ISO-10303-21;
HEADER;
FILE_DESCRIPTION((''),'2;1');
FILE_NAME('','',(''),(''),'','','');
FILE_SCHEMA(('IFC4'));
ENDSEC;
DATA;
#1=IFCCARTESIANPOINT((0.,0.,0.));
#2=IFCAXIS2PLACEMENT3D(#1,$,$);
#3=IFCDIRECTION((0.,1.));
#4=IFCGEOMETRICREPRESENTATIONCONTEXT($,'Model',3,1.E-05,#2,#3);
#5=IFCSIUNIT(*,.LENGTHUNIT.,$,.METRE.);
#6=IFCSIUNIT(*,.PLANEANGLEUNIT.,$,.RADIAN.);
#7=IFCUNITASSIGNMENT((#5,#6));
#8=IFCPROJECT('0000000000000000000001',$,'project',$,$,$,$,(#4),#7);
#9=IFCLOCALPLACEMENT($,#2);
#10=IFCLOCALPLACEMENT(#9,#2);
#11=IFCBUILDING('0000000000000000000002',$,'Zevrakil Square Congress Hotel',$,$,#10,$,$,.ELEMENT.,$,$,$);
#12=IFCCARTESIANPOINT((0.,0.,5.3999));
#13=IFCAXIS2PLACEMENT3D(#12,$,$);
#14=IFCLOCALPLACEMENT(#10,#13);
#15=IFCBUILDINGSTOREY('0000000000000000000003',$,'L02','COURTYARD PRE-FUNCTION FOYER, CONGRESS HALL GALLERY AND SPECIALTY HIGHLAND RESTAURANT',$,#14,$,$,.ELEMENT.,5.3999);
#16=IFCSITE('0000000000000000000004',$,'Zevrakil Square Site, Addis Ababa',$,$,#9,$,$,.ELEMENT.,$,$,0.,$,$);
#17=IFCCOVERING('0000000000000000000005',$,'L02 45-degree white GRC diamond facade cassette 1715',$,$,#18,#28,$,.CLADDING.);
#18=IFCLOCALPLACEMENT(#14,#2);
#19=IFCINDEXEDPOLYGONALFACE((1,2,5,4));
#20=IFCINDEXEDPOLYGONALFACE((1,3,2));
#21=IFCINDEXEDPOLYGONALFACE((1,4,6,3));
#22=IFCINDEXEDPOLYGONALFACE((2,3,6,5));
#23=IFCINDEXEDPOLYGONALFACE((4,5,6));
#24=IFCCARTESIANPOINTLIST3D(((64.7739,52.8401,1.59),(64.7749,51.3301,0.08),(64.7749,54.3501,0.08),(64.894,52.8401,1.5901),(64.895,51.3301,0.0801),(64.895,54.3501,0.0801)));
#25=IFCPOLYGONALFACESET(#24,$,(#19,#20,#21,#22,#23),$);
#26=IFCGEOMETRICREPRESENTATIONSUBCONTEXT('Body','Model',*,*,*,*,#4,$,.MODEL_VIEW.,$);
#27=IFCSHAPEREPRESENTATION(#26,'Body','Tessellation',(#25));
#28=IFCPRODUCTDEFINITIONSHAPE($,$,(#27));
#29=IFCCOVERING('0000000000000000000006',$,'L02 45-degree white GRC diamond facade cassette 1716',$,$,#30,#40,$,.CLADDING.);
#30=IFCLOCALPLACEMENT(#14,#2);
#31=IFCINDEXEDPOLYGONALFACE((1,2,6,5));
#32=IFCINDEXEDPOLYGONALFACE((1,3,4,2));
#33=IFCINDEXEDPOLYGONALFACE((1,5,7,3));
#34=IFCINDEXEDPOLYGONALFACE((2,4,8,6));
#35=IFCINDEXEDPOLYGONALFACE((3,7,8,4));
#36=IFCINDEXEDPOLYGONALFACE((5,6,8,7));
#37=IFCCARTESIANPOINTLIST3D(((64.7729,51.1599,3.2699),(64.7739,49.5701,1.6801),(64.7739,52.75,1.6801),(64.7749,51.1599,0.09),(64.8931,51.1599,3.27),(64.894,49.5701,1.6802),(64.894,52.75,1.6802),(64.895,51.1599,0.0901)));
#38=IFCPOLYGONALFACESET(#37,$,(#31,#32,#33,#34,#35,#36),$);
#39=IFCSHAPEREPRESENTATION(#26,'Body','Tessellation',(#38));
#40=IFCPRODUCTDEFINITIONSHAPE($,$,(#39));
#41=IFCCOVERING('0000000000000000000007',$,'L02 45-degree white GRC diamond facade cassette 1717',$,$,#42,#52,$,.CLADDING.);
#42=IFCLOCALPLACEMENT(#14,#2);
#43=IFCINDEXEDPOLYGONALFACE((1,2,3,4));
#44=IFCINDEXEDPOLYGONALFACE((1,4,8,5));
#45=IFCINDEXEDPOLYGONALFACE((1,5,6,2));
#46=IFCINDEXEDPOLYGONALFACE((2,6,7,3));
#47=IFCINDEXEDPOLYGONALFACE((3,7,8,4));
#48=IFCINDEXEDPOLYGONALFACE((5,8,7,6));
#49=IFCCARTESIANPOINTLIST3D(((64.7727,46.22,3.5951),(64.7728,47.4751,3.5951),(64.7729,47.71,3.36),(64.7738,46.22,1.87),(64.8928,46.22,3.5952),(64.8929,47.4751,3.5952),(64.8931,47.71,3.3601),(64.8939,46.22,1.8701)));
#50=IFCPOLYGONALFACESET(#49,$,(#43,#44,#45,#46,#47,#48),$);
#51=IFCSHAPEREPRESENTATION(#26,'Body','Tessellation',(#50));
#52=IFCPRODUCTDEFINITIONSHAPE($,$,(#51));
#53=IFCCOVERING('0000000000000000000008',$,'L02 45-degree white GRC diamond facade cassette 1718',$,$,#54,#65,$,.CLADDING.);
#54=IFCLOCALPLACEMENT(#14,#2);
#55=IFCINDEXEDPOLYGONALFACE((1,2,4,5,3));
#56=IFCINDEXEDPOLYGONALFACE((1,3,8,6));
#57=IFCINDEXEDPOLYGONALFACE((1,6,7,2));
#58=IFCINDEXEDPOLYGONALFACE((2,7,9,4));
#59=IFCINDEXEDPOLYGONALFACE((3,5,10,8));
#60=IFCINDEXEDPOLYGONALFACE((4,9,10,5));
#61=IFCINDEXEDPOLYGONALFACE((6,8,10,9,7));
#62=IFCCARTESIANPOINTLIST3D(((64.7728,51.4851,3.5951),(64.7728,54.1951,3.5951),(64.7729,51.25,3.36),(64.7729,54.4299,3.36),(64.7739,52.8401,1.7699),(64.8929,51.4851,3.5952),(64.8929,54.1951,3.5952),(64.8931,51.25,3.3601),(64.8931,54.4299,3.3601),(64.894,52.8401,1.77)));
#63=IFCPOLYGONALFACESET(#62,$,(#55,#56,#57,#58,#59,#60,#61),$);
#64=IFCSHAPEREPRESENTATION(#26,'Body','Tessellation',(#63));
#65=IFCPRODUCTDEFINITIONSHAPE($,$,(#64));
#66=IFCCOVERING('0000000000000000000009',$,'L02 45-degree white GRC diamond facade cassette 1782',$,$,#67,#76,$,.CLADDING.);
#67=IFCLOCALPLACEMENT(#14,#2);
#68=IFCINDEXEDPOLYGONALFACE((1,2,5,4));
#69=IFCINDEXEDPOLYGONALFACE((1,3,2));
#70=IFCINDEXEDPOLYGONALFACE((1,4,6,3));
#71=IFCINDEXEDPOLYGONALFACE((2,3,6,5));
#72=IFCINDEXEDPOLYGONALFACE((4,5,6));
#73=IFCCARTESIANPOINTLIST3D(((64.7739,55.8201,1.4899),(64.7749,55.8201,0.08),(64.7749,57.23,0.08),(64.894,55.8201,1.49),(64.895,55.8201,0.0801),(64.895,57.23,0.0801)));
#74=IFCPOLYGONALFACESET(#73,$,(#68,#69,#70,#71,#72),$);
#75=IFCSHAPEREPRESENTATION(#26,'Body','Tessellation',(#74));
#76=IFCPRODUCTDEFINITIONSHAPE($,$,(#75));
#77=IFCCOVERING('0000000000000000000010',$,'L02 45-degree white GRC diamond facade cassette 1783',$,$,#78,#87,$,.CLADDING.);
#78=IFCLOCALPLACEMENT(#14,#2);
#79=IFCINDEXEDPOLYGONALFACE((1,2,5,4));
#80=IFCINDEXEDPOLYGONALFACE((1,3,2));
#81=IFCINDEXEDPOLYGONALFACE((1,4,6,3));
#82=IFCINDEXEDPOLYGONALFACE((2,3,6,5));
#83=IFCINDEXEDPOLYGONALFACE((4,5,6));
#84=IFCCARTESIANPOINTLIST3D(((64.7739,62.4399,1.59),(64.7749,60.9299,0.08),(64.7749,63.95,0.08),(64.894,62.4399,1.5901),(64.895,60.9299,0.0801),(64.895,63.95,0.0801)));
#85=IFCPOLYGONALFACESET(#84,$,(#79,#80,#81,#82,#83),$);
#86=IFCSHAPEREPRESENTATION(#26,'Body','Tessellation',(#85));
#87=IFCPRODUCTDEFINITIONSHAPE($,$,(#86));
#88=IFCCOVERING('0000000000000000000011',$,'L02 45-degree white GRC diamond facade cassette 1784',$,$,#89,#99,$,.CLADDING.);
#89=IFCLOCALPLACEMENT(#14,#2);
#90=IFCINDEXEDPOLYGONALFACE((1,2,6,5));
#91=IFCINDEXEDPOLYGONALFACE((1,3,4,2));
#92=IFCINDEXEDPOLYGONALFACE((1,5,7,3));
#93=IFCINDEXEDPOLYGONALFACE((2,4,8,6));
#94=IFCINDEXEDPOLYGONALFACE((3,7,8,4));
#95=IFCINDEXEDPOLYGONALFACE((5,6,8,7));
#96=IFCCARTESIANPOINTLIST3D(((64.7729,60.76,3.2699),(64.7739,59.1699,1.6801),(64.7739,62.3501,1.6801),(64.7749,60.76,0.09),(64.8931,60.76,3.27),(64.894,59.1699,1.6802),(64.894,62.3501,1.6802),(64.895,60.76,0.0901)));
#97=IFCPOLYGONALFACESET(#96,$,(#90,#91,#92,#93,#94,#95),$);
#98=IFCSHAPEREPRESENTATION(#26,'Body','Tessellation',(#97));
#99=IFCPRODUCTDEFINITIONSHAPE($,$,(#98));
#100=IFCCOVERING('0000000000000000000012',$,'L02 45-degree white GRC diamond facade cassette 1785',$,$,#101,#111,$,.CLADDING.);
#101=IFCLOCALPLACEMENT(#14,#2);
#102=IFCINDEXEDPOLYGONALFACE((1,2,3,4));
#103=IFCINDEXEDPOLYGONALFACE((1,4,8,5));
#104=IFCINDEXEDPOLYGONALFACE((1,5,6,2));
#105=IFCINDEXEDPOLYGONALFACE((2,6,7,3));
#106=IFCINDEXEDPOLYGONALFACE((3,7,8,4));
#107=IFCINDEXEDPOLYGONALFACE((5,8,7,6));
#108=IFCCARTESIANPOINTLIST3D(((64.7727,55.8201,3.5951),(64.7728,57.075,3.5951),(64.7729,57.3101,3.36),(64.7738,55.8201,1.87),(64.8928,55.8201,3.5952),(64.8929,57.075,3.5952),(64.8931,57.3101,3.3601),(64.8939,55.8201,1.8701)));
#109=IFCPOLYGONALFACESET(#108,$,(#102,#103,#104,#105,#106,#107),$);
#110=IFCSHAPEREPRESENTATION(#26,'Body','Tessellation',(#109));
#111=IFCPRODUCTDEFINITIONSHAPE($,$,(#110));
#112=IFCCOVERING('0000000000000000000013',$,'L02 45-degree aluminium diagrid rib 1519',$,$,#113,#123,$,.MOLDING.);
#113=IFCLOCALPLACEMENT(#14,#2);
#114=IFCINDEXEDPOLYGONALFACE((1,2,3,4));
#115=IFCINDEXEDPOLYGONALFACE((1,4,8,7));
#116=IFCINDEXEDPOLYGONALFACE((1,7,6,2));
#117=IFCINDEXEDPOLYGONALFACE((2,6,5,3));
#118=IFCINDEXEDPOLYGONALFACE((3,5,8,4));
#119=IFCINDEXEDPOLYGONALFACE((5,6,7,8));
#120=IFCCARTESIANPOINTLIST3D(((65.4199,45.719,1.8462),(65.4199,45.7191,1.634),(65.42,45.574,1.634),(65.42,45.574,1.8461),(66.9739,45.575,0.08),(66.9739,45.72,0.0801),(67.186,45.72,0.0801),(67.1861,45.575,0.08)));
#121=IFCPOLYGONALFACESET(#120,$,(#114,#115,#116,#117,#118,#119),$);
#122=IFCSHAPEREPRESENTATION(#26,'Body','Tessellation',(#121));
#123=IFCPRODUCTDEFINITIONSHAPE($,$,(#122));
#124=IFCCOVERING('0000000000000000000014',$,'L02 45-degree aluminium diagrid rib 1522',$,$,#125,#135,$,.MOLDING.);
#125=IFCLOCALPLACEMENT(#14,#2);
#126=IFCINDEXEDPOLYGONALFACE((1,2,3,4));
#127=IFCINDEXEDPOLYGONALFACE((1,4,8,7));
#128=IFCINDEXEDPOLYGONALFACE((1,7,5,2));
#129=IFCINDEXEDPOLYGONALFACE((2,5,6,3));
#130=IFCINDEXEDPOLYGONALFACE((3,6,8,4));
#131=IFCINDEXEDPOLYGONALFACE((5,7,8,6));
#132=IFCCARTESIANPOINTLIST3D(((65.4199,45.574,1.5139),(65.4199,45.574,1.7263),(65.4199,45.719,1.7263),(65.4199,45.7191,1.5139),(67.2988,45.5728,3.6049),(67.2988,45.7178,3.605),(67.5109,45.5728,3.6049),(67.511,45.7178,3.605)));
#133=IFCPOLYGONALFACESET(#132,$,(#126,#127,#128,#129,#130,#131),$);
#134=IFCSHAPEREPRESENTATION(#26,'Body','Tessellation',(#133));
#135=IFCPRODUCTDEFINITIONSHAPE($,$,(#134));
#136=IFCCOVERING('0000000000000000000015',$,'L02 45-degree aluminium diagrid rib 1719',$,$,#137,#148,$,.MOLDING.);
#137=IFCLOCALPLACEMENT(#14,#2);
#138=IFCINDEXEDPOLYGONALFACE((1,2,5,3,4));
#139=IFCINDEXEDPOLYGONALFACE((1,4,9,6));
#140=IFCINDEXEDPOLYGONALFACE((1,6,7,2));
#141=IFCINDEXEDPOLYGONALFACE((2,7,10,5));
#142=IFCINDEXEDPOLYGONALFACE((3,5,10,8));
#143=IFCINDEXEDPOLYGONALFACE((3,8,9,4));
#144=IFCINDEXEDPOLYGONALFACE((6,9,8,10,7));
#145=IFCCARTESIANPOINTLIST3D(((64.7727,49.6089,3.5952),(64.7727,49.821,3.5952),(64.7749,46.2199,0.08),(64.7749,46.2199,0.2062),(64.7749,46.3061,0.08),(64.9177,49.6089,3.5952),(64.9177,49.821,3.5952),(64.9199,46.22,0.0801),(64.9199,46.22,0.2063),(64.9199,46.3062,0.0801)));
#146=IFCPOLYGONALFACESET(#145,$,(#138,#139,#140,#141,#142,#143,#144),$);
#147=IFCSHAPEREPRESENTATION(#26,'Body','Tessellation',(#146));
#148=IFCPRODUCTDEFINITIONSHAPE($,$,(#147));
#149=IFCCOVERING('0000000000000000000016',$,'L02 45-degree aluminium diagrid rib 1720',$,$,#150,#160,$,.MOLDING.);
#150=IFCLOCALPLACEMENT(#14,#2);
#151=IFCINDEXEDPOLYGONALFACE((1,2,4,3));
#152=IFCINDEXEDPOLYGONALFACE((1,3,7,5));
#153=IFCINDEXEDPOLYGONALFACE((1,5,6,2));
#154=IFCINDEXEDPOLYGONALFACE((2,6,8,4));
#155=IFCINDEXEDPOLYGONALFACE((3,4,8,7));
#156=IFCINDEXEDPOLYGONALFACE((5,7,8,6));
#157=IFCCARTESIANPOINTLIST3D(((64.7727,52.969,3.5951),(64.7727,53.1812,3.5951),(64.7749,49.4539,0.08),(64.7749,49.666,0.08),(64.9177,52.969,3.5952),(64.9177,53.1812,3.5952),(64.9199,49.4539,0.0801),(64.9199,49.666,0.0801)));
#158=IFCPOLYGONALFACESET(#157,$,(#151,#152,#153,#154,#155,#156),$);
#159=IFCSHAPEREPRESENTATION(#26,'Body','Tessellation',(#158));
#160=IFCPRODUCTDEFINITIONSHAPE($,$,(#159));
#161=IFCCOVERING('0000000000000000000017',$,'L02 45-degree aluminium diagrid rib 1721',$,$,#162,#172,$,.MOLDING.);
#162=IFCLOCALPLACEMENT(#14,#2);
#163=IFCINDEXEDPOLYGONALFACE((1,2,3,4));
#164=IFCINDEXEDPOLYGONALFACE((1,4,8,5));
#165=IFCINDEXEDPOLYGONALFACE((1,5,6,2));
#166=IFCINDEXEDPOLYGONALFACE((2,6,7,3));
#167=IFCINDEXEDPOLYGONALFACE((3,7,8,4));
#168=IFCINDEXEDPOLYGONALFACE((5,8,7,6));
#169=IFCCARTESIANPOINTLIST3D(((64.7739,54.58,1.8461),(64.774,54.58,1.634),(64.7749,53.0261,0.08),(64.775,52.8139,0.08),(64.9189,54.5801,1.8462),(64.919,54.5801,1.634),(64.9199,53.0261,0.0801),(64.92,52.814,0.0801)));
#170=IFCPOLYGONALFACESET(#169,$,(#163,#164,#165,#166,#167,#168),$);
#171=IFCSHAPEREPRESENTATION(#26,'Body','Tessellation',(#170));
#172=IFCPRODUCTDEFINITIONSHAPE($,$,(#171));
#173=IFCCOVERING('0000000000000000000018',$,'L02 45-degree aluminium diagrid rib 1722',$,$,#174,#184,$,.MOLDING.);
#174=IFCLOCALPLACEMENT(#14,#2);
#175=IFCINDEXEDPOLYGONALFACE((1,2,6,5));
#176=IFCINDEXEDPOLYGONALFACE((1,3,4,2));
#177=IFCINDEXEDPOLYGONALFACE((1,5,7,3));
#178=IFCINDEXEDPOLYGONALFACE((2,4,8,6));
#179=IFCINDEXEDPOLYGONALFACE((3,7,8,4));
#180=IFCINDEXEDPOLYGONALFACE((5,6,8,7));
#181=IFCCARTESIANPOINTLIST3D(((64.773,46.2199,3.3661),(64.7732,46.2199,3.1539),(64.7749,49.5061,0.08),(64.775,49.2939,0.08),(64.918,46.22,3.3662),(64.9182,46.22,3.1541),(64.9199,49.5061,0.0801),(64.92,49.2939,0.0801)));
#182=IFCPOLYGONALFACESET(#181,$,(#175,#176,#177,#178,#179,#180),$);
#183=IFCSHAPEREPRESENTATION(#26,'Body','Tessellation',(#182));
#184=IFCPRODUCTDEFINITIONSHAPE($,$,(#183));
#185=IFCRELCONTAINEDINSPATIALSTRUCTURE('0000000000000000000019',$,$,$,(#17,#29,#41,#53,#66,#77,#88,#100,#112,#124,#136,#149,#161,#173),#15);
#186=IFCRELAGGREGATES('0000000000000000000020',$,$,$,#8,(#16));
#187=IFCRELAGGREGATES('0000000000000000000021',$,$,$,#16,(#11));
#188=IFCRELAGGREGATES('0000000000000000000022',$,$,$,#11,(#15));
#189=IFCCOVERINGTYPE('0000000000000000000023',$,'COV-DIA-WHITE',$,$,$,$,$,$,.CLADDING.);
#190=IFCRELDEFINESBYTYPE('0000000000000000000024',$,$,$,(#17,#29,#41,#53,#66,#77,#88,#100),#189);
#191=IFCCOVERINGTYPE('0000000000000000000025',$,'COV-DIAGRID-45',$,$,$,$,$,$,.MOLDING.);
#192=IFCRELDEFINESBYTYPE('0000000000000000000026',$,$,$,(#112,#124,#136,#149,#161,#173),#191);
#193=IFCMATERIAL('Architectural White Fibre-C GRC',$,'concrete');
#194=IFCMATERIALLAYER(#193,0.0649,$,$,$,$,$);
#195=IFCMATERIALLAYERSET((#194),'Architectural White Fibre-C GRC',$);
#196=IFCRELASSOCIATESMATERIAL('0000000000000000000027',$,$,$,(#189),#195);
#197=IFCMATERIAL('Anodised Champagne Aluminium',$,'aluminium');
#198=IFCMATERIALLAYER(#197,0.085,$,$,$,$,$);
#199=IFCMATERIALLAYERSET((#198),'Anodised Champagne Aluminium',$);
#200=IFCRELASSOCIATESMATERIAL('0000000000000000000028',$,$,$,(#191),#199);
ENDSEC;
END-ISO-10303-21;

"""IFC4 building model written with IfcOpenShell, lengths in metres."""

from ifc_helpers import new_model, si_unit, direction, frame, origin, place, context, subcontext, project, spatial, polyline, outline, extrude, material, layer, layer_set, type_object, element, save


model = new_model("IFC4")

# Units and contexts
model_context = context("Model", 3, precision=1e-05, world=origin(), true_north=direction((0.0, 1.0)))
body_context = subcontext(model_context, "Body", "Model", "MODEL_VIEW")
ifc_project = project(units=[si_unit("LENGTHUNIT", "METRE"), si_unit("PLANEANGLEUNIT", "RADIAN")], contexts=[model_context])

# Site, building, storey
site_placement = place(None, origin())
site = spatial("IfcSite", under=ifc_project, at=site_placement, Name="Zevrakil Square Site, Addis Ababa", CompositionType="ELEMENT", RefElevation=0.0)
building_placement = place(site_placement, origin())
building = spatial("IfcBuilding", under=site, at=building_placement, Name="Zevrakil Square Congress Hotel", CompositionType="ELEMENT")
storey_placement = place(building_placement, frame((0.0, 0.0, 5.3999)))
storey = spatial("IfcBuildingStorey", under=building, at=storey_placement, Name="L02", Description="COURTYARD PRE-FUNCTION FOYER, CONGRESS HALL GALLERY AND SPECIALTY HIGHLAND RESTAURANT", CompositionType="ELEMENT", Elevation=5.3999)

# Coverings
ifc_material_1 = material(Name="Architectural White Fibre-C GRC", Category="concrete")
ifc_layer_1 = layer(ifc_material_1, 0.0649)
ifc_layer_set_1 = layer_set([ifc_layer_1], Name="Architectural White Fibre-C GRC")
covering_type_1 = type_object("IfcCoveringType", Name="COV-DIA-WHITE", PredefinedType="CLADDING", material=ifc_layer_set_1)
covering_1_placement = place(storey_placement, frame((64.894, 52.8401, 1.5901), z_axis=(1.0, 0.0, 0.000647), x_axis=(0.000457, 0.707107, -0.707107)))
element("IfcCovering", 1, at=covering_1_placement, inside=storey, type_object=covering_type_1, Name="L02 45-degree white GRC diamond facade cassette 1715", PredefinedType="CLADDING", context=body_context, shape_type="SweptSolid", body=[
    extrude(outline(polyline([(0.0, 0.0), (2.1355, 0.0), (0.0, -2.1355), (0.0, 0.0)])), origin(), (0.0, 0.0, -1.0), 0.1201),
])
covering_2_placement = place(storey_placement, frame((64.8931, 51.1599, 3.27), z_axis=(1.0, 0.0, 0.000614), x_axis=(0.000434, 0.707161, -0.707052)))
element("IfcCovering", 2, at=covering_2_placement, inside=storey, type_object=covering_type_1, Name="L02 45-degree white GRC diamond facade cassette 1716", PredefinedType="CLADDING", context=body_context, shape_type="SweptSolid", body=[
    extrude(outline(polyline([(0.0, 0.0), (2.2486, 0.0), (2.2484, -2.2487), (-0.0002, -2.2484), (0.0, 0.0)])), origin(), (0.0, 0.0, -1.0), 0.1201),
])
covering_3_placement = place(storey_placement, frame((64.8931, 47.71, 3.3601), z_axis=(1.0, -0.000067, 0.000615), x_axis=(0.000387, -0.707107, -0.707107)))
element("IfcCovering", 3, at=covering_3_placement, inside=storey, type_object=covering_type_1, Name="L02 45-degree white GRC diamond facade cassette 1717", PredefinedType="CLADDING", context=body_context, shape_type="SweptSolid", body=[
    extrude(outline(polyline([(0.0, 0.0), (2.1072, 0.0), (0.8873, -1.2198), (-0.0002, -0.3323), (0.0, 0.0)])), origin(), (0.0, 0.0, -1.0), 0.1201),
])
covering_4_placement = place(storey_placement, frame((64.8931, 54.4299, 3.3601), z_axis=(1.0, 0.0, 0.000585), x_axis=(0.000414, -0.707052, -0.707161)))
element("IfcCovering", 4, at=covering_4_placement, inside=storey, type_object=covering_type_1, Name="L02 45-degree white GRC diamond facade cassette 1718", PredefinedType="CLADDING", context=body_context, shape_type="SweptSolid", body=[
    extrude(outline(polyline([(0.0, 0.0), (2.2486, 0.0), (2.2484, -2.2487), (1.9159, -2.2487), (-0.0002, -0.3323), (0.0, 0.0)])), origin(), (0.0, 0.0, -1.0), 0.1201),
])
covering_5_placement = place(storey_placement, frame((64.895, 57.23, 0.0801), z_axis=(1.0, 0.0, 0.000693), x_axis=(0.0, -1.0, 0.0)))
element("IfcCovering", 5, at=covering_5_placement, inside=storey, type_object=covering_type_1, Name="L02 45-degree white GRC diamond facade cassette 1782", PredefinedType="CLADDING", context=body_context, shape_type="SweptSolid", body=[
    extrude(outline(polyline([(0.0, 0.0), (1.4099, 0.0), (1.4099, -1.4099), (0.0, 0.0)])), origin(), (0.0, 0.0, -1.0), 0.1201),
])
covering_6_placement = place(storey_placement, frame((64.894, 62.4399, 1.5901), z_axis=(1.0, 0.0, 0.000647), x_axis=(0.000457, 0.707107, -0.707107)))
element("IfcCovering", 6, at=covering_6_placement, inside=storey, type_object=covering_type_1, Name="L02 45-degree white GRC diamond facade cassette 1783", PredefinedType="CLADDING", context=body_context, shape_type="SweptSolid", body=[
    extrude(outline(polyline([(0.0, 0.0), (2.1355, 0.0), (0.0, -2.1355), (0.0, 0.0)])), origin(), (0.0, 0.0, -1.0), 0.1201),
])
covering_7_placement = place(storey_placement, frame((64.8931, 60.76, 3.27), z_axis=(1.0, 0.0, 0.000614), x_axis=(0.000434, 0.707161, -0.707052)))
element("IfcCovering", 7, at=covering_7_placement, inside=storey, type_object=covering_type_1, Name="L02 45-degree white GRC diamond facade cassette 1784", PredefinedType="CLADDING", context=body_context, shape_type="SweptSolid", body=[
    extrude(outline(polyline([(0.0, 0.0), (2.2486, 0.0), (2.2484, -2.2487), (-0.0003, -2.2486), (0.0, 0.0)])), origin(), (0.0, 0.0, -1.0), 0.1201),
])
covering_8_placement = place(storey_placement, frame((64.8931, 57.3101, 3.3601), z_axis=(1.0, -0.000067, 0.000615), x_axis=(0.000387, -0.707107, -0.707107)))
element("IfcCovering", 8, at=covering_8_placement, inside=storey, type_object=covering_type_1, Name="L02 45-degree white GRC diamond facade cassette 1785", PredefinedType="CLADDING", context=body_context, shape_type="SweptSolid", body=[
    extrude(outline(polyline([(0.0, 0.0), (2.1072, 0.0), (0.8873, -1.2198), (0.0, -0.3325), (0.0, 0.0)])), origin(), (0.0, 0.0, -1.0), 0.1201),
])
ifc_material_2 = material(Name="Anodised Champagne Aluminium", Category="aluminium")
ifc_layer_2 = layer(ifc_material_2, 0.085)
ifc_layer_set_2 = layer_set([ifc_layer_2], Name="Anodised Champagne Aluminium")
covering_type_2 = type_object("IfcCoveringType", Name="COV-DIAGRID-45", PredefinedType="MOLDING", material=ifc_layer_set_2)
covering_9_placement = place(storey_placement, frame((66.9739, 45.72, 0.0801), z_axis=(-0.000294, 1.0, 0.000294), x_axis=(1.0, 0.000294, 0.0)))
element("IfcCovering", 9, at=covering_9_placement, inside=storey, type_object=covering_type_2, Name="L02 45-degree aluminium diagrid rib 1519", PredefinedType="MOLDING", context=body_context, shape_type="SweptSolid", body=[
    extrude(outline(polyline([(0.0, 0.0), (0.2122, 0.0), (-1.554, -1.7661), (-1.554, -1.554), (0.0, 0.0)])), origin(), (0.0, 0.0, -1.0), 0.145),
])
covering_10_placement = place(storey_placement, frame((67.511, 45.7178, 3.605), z_axis=(0.000308, 1.0, 0.000307), x_axis=(-1.0, 0.000308, 0.0)))
element("IfcCovering", 10, at=covering_10_placement, inside=storey, type_object=covering_type_2, Name="L02 45-degree aluminium diagrid rib 1522", PredefinedType="MOLDING", context=body_context, shape_type="SweptSolid", body=[
    extrude(outline(polyline([(0.0, 0.0), (0.2122, 0.0), (2.0911, -1.8787), (2.0911, -2.0911), (0.0, 0.0)])), origin(), (0.0, 0.0, -1.0), 0.145),
])
covering_11_placement = place(storey_placement, frame((64.9199, 46.3062, 0.0801), z_axis=(1.0, 0.000188, 0.000444), x_axis=(0.000188, -1.0, 0.0)))
element("IfcCovering", 11, at=covering_11_placement, inside=storey, type_object=covering_type_2, Name="L02 45-degree aluminium diagrid rib 1719", PredefinedType="MOLDING", context=body_context, shape_type="SweptSolid", body=[
    extrude(outline(polyline([(0.0, 0.0), (0.0862, 0.0), (0.0862, -0.1262), (-3.3027, -3.5151), (-3.5149, -3.5151), (0.0, 0.0)])), origin(), (0.0, 0.0, -1.0), 0.145),
])
covering_12_placement = place(storey_placement, frame((64.9199, 49.666, 0.0801), z_axis=(1.0, 0.0, 0.000625), x_axis=(0.0, -1.0, 0.0)))
element("IfcCovering", 12, at=covering_12_placement, inside=storey, type_object=covering_type_2, Name="L02 45-degree aluminium diagrid rib 1720", PredefinedType="MOLDING", context=body_context, shape_type="SweptSolid", body=[
    extrude(outline(polyline([(0.0, 0.0), (0.2122, 0.0), (-3.303, -3.5151), (-3.5151, -3.5151), (0.0, 0.0)])), origin(), (0.0, 0.0, -1.0), 0.145),
])
covering_13_placement = place(storey_placement, frame((64.9199, 53.0261, 0.0801), z_axis=(1.0, 0.000294, 0.000294), x_axis=(0.000294, -1.0, 0.0)))
element("IfcCovering", 13, at=covering_13_placement, inside=storey, type_object=covering_type_2, Name="L02 45-degree aluminium diagrid rib 1721", PredefinedType="MOLDING", context=body_context, shape_type="SweptSolid", body=[
    extrude(outline(polyline([(0.0, 0.0), (0.2122, 0.0), (-1.554, -1.7661), (-1.554, -1.554), (0.0, 0.0)])), origin(), (0.0, 0.0, -1.0), 0.145),
])
covering_14_placement = place(storey_placement, frame((64.9182, 46.22, 3.1541), z_axis=(1.0, 0.000287, 0.000863), x_axis=(-0.000863, 0.0, 1.0)))
element("IfcCovering", 14, at=covering_14_placement, inside=storey, type_object=covering_type_2, Name="L02 45-degree aluminium diagrid rib 1722", PredefinedType="MOLDING", context=body_context, shape_type="SweptSolid", body=[
    extrude(outline(polyline([(0.0, 0.0), (0.2122, 0.0), (-3.074, -3.2861), (-3.074, -3.074), (0.0, 0.0)])), origin(), (0.0, 0.0, -1.0), 0.145),
])

save(model, "model.ifc")
